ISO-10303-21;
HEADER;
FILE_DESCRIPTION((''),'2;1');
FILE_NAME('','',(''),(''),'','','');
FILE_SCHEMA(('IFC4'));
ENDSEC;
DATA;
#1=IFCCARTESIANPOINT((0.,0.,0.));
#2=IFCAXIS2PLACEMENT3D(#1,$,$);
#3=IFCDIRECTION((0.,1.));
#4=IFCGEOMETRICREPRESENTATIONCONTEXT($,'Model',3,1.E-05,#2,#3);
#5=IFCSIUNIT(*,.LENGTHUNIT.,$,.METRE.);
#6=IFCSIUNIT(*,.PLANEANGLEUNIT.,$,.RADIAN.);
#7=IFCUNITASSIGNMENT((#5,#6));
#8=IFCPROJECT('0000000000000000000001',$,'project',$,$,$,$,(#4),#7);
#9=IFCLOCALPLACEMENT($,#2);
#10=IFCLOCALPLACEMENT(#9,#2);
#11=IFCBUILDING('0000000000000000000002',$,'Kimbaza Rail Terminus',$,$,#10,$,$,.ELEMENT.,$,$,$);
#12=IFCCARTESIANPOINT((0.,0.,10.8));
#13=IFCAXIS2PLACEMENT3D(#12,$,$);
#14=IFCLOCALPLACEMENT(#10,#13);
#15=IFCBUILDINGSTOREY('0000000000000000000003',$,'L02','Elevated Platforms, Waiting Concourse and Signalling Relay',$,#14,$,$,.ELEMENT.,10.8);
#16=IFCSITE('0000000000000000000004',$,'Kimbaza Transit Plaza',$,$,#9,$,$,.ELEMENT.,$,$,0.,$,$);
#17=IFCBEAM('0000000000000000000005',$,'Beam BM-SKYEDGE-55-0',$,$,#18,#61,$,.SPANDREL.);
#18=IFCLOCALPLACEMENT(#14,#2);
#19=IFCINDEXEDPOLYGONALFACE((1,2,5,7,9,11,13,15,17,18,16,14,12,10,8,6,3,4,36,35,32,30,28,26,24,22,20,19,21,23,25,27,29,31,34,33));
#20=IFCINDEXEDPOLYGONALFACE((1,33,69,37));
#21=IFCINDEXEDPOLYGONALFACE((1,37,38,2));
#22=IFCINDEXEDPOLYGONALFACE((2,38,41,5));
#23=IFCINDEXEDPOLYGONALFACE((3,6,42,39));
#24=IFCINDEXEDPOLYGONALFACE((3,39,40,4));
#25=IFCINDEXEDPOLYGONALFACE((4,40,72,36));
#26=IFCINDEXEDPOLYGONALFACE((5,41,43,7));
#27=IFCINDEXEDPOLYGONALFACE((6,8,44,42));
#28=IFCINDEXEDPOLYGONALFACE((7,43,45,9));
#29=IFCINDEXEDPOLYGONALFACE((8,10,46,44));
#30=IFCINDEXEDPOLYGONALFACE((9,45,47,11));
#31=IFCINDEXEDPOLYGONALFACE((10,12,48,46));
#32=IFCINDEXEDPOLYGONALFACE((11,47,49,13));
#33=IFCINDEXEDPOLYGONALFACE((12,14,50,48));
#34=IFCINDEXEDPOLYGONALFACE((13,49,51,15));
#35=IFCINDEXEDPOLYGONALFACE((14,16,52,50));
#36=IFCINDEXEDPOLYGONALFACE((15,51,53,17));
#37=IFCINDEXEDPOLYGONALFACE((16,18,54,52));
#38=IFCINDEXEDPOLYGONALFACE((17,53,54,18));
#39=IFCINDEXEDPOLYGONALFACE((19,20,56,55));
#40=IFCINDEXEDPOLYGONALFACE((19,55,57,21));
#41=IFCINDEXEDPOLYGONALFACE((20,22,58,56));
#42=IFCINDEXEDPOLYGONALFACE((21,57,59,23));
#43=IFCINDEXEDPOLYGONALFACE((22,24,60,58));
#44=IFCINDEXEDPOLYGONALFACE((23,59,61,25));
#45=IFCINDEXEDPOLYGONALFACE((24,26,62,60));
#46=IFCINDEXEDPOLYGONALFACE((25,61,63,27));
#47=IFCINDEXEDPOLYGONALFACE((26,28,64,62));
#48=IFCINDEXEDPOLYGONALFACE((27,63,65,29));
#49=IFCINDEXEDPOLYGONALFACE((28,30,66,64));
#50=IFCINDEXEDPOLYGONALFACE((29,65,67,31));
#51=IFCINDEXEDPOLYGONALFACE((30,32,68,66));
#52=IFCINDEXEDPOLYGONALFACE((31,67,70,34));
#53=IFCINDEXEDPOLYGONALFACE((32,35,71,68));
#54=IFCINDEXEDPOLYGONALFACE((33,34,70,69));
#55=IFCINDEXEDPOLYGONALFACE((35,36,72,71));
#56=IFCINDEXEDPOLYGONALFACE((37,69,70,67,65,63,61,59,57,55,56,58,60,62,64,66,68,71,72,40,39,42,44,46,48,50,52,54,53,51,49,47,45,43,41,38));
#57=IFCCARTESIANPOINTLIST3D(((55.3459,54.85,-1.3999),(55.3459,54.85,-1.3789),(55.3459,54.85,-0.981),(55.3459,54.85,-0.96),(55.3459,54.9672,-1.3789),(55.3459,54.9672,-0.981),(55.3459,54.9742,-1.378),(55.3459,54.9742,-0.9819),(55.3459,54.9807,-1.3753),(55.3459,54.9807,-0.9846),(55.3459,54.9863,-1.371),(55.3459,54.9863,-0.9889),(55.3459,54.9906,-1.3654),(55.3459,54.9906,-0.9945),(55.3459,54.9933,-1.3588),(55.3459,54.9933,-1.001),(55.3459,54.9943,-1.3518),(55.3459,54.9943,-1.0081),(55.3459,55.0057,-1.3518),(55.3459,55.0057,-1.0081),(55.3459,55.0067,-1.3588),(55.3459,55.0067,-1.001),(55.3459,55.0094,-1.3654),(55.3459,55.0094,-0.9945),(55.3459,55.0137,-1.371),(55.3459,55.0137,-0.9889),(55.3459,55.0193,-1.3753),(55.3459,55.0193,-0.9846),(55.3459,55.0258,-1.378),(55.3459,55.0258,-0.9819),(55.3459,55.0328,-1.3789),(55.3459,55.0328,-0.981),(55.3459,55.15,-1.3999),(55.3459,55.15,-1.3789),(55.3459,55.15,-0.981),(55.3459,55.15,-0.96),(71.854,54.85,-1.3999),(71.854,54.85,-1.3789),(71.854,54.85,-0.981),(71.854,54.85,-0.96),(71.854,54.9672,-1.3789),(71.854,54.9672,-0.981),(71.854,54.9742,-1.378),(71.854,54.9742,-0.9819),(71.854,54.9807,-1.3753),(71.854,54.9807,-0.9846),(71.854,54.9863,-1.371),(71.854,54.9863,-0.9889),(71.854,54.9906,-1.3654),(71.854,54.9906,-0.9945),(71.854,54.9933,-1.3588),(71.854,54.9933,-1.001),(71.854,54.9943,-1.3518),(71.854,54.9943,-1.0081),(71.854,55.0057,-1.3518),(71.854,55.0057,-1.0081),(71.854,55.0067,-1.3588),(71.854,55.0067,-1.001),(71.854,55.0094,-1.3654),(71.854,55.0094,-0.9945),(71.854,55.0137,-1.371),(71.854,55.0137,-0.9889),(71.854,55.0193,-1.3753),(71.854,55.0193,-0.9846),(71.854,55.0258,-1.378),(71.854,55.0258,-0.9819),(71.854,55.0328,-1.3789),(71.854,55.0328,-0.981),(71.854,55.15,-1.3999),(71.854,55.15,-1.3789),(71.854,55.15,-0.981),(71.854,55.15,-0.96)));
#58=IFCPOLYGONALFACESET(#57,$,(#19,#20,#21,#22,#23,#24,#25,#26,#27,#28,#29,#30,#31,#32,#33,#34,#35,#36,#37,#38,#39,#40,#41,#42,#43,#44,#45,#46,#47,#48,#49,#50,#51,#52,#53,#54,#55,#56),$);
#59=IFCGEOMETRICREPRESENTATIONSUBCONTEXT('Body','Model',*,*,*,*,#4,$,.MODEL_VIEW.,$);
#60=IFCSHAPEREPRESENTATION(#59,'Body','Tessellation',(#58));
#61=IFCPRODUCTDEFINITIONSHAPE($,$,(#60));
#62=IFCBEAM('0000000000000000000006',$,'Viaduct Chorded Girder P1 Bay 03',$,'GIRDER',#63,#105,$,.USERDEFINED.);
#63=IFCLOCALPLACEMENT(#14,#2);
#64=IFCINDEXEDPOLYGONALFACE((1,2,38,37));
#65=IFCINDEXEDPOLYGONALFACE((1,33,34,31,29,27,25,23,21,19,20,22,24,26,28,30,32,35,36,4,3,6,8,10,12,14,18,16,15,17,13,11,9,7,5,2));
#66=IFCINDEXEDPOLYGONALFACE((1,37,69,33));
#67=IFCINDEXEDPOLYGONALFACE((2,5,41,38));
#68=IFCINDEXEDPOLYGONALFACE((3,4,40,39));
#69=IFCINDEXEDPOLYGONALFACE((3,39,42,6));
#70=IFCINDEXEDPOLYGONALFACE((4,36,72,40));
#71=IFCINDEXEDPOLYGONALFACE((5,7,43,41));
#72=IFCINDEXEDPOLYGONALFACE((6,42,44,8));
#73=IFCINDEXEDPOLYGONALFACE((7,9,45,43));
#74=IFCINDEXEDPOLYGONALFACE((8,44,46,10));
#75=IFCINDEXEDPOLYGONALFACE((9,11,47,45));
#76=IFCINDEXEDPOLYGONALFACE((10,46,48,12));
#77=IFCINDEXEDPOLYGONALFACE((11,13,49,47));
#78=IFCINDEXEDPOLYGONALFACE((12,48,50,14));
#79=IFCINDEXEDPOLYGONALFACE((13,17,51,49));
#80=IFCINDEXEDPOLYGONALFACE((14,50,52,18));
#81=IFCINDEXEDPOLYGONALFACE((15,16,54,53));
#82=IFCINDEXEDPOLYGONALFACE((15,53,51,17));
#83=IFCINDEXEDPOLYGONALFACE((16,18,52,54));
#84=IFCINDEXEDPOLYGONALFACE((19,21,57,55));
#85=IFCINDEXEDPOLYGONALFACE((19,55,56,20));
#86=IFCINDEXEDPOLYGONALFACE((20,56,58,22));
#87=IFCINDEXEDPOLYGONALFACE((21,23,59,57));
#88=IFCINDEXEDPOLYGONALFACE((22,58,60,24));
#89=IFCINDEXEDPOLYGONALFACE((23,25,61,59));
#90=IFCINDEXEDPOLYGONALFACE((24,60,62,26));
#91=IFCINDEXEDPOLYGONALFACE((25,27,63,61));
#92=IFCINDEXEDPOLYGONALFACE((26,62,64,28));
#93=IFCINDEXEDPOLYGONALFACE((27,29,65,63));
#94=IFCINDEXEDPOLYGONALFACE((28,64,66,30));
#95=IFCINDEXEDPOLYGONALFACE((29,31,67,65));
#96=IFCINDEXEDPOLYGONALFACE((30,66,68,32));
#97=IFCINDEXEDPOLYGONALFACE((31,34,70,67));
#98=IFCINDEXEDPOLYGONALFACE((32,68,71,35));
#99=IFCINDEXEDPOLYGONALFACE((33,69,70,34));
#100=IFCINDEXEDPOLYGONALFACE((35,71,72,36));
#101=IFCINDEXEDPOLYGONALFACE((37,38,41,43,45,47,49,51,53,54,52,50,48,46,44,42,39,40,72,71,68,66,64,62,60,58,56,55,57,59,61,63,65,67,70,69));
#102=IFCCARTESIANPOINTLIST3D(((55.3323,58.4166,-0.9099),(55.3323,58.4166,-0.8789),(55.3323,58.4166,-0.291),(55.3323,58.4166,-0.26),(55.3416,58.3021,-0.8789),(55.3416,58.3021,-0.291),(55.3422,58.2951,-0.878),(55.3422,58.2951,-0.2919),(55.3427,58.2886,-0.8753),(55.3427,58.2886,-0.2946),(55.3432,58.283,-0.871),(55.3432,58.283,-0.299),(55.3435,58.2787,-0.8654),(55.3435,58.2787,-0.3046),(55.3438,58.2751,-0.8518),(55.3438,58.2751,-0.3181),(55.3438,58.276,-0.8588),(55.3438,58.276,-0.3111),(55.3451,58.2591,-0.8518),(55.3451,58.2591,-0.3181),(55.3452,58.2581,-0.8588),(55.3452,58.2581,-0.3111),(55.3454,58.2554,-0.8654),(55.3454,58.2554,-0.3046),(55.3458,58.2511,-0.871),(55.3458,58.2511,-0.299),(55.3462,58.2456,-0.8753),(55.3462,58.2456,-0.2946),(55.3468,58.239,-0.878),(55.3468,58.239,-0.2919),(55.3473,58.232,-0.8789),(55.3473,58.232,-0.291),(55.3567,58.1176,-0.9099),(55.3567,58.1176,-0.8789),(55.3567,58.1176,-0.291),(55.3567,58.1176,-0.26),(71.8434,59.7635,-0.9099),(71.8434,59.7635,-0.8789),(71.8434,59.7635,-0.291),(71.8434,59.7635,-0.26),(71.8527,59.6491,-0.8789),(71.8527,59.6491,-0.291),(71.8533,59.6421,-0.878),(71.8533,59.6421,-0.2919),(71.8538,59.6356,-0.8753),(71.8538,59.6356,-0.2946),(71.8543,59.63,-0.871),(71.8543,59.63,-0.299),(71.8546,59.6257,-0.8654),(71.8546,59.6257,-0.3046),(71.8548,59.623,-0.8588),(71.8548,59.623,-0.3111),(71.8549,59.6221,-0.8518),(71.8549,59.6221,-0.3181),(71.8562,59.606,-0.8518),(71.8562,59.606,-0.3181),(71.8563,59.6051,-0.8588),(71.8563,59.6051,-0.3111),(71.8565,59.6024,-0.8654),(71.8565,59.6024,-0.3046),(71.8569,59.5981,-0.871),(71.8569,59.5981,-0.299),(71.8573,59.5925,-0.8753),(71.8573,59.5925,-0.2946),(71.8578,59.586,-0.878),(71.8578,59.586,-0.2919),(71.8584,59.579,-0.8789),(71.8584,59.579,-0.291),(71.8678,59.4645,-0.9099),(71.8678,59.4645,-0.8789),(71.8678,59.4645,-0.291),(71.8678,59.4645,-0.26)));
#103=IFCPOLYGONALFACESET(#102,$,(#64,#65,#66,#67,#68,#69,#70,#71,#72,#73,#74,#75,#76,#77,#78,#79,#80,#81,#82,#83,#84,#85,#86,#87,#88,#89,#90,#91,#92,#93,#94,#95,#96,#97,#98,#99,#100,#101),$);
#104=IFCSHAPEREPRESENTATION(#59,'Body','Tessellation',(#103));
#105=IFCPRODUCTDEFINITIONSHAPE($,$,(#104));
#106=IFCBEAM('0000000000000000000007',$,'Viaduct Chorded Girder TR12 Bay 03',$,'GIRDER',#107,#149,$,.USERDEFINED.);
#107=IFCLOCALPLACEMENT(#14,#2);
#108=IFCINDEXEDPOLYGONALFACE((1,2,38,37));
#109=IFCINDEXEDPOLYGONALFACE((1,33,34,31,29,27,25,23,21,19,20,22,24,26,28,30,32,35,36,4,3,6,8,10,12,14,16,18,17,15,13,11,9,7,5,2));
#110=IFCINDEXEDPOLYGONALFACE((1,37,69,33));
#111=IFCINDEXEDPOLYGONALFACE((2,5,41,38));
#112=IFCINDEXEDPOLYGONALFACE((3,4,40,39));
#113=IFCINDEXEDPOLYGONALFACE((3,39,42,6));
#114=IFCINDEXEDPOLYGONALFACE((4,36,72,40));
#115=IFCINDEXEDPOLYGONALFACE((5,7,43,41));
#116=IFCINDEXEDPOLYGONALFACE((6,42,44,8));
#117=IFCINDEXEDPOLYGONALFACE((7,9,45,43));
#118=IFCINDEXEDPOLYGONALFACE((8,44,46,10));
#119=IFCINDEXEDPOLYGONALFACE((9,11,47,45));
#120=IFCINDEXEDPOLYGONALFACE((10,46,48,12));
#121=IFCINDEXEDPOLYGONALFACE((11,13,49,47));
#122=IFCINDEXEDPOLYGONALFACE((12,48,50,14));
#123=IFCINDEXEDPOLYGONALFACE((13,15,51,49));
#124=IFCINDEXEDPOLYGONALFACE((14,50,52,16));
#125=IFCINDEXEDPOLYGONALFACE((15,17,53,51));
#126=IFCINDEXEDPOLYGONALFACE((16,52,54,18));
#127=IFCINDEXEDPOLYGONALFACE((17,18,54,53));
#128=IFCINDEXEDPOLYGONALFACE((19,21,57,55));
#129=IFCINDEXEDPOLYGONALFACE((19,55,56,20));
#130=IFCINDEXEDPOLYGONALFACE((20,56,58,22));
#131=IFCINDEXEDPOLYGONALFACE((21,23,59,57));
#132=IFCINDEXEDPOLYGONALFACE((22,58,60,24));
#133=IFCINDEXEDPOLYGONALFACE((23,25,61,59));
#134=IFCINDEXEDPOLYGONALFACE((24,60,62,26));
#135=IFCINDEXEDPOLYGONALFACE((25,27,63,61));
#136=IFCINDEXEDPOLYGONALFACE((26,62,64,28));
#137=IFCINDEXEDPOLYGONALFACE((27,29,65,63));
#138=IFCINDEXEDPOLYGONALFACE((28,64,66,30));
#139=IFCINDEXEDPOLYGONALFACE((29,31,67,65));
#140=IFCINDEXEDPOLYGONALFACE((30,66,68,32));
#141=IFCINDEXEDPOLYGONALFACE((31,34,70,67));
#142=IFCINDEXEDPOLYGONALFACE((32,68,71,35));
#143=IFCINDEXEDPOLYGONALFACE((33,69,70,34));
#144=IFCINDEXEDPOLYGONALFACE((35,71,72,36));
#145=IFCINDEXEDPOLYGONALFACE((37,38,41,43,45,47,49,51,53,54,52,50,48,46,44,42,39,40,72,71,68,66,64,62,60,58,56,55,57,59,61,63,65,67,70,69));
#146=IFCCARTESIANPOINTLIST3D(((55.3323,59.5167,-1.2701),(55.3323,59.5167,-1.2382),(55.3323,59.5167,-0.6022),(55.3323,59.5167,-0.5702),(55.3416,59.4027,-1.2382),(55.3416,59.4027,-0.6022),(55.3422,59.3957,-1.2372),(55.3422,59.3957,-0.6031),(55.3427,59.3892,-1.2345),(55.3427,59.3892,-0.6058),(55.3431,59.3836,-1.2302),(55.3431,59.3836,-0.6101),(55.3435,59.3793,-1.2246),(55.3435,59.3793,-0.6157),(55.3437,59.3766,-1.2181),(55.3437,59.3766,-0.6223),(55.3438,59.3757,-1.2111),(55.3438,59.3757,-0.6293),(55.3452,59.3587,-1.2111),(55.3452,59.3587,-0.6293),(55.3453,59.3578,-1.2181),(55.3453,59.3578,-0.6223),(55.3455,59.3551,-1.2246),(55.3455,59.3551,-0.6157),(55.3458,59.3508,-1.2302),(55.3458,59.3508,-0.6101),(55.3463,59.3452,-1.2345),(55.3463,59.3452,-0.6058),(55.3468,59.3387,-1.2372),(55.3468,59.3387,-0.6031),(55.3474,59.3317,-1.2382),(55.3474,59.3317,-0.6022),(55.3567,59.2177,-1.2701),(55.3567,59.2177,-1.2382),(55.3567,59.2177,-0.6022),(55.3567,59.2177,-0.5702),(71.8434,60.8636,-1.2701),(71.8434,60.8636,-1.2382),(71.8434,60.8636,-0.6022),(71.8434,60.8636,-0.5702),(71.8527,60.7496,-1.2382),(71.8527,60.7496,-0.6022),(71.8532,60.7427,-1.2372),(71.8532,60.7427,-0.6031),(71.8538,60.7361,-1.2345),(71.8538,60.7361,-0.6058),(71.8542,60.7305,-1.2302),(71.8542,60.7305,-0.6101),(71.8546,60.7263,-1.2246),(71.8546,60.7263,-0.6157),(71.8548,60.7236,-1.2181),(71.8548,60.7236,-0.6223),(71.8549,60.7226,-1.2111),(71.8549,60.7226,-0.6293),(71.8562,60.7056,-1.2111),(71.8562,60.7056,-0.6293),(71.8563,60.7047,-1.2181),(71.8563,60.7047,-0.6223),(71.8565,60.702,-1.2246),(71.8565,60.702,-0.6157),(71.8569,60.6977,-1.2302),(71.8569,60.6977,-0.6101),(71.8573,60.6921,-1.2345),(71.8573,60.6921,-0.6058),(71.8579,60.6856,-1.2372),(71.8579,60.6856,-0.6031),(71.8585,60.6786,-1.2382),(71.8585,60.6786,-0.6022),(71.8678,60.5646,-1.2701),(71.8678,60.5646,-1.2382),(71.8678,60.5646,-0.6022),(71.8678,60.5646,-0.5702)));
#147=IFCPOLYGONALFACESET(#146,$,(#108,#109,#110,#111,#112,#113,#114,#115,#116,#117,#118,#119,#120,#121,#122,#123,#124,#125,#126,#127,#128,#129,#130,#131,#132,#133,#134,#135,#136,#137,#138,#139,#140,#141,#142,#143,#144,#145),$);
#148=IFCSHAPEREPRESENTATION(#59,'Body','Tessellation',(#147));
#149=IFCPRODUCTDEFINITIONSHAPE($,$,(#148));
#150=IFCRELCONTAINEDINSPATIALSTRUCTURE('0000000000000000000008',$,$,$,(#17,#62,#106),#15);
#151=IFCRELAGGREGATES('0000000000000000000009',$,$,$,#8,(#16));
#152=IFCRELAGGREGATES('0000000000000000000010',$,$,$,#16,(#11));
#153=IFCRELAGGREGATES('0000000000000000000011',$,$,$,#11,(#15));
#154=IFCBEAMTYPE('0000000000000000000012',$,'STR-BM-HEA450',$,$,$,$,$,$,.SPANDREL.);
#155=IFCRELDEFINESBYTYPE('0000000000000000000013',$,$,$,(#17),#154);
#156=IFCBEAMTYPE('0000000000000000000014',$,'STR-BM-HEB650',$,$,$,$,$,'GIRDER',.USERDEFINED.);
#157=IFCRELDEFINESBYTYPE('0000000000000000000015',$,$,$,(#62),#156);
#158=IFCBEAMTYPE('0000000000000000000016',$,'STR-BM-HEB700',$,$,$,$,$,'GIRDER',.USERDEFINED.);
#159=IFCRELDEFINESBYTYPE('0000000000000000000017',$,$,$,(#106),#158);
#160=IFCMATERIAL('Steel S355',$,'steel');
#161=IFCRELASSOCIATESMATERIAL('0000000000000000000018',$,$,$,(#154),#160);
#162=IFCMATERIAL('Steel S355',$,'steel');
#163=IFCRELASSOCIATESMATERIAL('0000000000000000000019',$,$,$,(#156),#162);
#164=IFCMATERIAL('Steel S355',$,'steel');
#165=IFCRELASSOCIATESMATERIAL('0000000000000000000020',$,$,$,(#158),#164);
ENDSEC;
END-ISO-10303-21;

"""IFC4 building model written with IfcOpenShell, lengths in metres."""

from ifc_helpers import new_model, si_unit, direction, frame, origin, origin_2d, place, context, subcontext, project, spatial, i_section, extrude, material, material_profile, profile_set, type_object, element, save


model = new_model("IFC4")

# Units and contexts
model_context = context("Model", 3, precision=1e-05, world=origin(), true_north=direction((0.0, 1.0)))
body_context = subcontext(model_context, "Body", "Model", "MODEL_VIEW")
ifc_project = project(units=[si_unit("LENGTHUNIT", "METRE"), si_unit("PLANEANGLEUNIT", "RADIAN")], contexts=[model_context])

# Site, building, storey
site_placement = place(None, origin())
site = spatial("IfcSite", under=ifc_project, at=site_placement, Name="Kimbaza Transit Plaza", CompositionType="ELEMENT", RefElevation=0.0)
building_placement = place(site_placement, origin())
building = spatial("IfcBuilding", under=site, at=building_placement, Name="Kimbaza Rail Terminus", CompositionType="ELEMENT")
storey_placement = place(building_placement, frame((0.0, 0.0, 10.8)))
storey = spatial("IfcBuildingStorey", under=building, at=storey_placement, Name="L02", Description="Elevated Platforms, Waiting Concourse and Signalling Relay", CompositionType="ELEMENT", Elevation=10.8)

# Beams
ifc_material_1 = material(Name="Steel S355", Category="steel")
ifc_material_profile_1 = material_profile(ifc_material_1, i_section(OverallWidth=0.3, OverallDepth=0.4399, WebThickness=0.0115, FlangeThickness=0.021, FilletRadius=0.0271, at=origin_2d()), Name="HEA 450")
ifc_profile_set_1 = profile_set([ifc_material_profile_1], Name="Steel S355")
beam_type_1 = type_object("IfcBeamType", Name="STR-BM-HEA450", PredefinedType="SPANDREL", material=ifc_profile_set_1)
beam_1_placement = place(storey_placement, frame((55.3459, 55.0, -1.1799), z_axis=(1.0, 0.0, 0.0), x_axis=(0.0, 1.0, 0.0)))
element("IfcBeam", 1, at=beam_1_placement, inside=storey, type_object=beam_type_1, Name="Beam BM-SKYEDGE-55-0", PredefinedType="SPANDREL", context=body_context, shape_type="SweptSolid", body=[
    extrude(i_section(OverallWidth=0.3, OverallDepth=0.4399, WebThickness=0.0115, FlangeThickness=0.021, FilletRadius=0.0271, at=origin_2d()), origin(), (0.0, 0.0, 1.0), 16.5081),
])
ifc_material_2 = material(Name="Steel S355", Category="steel")
ifc_material_profile_2 = material_profile(ifc_material_2, i_section(OverallWidth=0.3, OverallDepth=0.6499, WebThickness=0.0161, FlangeThickness=0.031, FilletRadius=0.0271, at=origin_2d()), Name="HEB 650")
ifc_profile_set_2 = profile_set([ifc_material_profile_2], Name="Steel S355")
beam_type_2 = type_object("IfcBeamType", Name="STR-BM-HEB650", ElementType="GIRDER", PredefinedType="USERDEFINED", material=ifc_profile_set_2)
beam_2_placement = place(storey_placement, frame((55.3445, 58.2671, -0.585), z_axis=(0.996689, 0.081307, 0.0), x_axis=(-0.081307, 0.996689, 0.0)))
element("IfcBeam", 2, at=beam_2_placement, inside=storey, type_object=beam_type_2, Name="Viaduct Chorded Girder P1 Bay 03", ObjectType="GIRDER", PredefinedType="USERDEFINED", context=body_context, shape_type="SweptSolid", body=[
    extrude(i_section(OverallWidth=0.3, OverallDepth=0.6499, WebThickness=0.0161, FlangeThickness=0.031, FilletRadius=0.0271, at=origin_2d()), origin(), (0.0, 0.0, 1.0), 16.5659),
])
ifc_material_3 = material(Name="Steel S355", Category="steel")
ifc_material_profile_3 = material_profile(ifc_material_3, i_section(OverallWidth=0.3, OverallDepth=0.7, WebThickness=0.0171, FlangeThickness=0.032, FilletRadius=0.0271, at=origin_2d()), Name="HEB 700")
ifc_profile_set_3 = profile_set([ifc_material_profile_3], Name="Steel S355")
beam_type_3 = type_object("IfcBeamType", Name="STR-BM-HEB700", ElementType="GIRDER", PredefinedType="USERDEFINED", material=ifc_profile_set_3)
beam_3_placement = place(storey_placement, frame((55.3445, 59.3672, -0.9202), z_axis=(0.996689, 0.081307, 0.0), x_axis=(-0.081307, 0.996689, 0.0)))
element("IfcBeam", 3, at=beam_3_placement, inside=storey, type_object=beam_type_3, Name="Viaduct Chorded Girder TR12 Bay 03", ObjectType="GIRDER", PredefinedType="USERDEFINED", context=body_context, shape_type="SweptSolid", body=[
    extrude(i_section(OverallWidth=0.3, OverallDepth=0.7, WebThickness=0.0171, FlangeThickness=0.032, FilletRadius=0.0271, at=origin_2d()), origin(), (0.0, 0.0, 1.0), 16.5659),
])

save(model, "model.ifc")
